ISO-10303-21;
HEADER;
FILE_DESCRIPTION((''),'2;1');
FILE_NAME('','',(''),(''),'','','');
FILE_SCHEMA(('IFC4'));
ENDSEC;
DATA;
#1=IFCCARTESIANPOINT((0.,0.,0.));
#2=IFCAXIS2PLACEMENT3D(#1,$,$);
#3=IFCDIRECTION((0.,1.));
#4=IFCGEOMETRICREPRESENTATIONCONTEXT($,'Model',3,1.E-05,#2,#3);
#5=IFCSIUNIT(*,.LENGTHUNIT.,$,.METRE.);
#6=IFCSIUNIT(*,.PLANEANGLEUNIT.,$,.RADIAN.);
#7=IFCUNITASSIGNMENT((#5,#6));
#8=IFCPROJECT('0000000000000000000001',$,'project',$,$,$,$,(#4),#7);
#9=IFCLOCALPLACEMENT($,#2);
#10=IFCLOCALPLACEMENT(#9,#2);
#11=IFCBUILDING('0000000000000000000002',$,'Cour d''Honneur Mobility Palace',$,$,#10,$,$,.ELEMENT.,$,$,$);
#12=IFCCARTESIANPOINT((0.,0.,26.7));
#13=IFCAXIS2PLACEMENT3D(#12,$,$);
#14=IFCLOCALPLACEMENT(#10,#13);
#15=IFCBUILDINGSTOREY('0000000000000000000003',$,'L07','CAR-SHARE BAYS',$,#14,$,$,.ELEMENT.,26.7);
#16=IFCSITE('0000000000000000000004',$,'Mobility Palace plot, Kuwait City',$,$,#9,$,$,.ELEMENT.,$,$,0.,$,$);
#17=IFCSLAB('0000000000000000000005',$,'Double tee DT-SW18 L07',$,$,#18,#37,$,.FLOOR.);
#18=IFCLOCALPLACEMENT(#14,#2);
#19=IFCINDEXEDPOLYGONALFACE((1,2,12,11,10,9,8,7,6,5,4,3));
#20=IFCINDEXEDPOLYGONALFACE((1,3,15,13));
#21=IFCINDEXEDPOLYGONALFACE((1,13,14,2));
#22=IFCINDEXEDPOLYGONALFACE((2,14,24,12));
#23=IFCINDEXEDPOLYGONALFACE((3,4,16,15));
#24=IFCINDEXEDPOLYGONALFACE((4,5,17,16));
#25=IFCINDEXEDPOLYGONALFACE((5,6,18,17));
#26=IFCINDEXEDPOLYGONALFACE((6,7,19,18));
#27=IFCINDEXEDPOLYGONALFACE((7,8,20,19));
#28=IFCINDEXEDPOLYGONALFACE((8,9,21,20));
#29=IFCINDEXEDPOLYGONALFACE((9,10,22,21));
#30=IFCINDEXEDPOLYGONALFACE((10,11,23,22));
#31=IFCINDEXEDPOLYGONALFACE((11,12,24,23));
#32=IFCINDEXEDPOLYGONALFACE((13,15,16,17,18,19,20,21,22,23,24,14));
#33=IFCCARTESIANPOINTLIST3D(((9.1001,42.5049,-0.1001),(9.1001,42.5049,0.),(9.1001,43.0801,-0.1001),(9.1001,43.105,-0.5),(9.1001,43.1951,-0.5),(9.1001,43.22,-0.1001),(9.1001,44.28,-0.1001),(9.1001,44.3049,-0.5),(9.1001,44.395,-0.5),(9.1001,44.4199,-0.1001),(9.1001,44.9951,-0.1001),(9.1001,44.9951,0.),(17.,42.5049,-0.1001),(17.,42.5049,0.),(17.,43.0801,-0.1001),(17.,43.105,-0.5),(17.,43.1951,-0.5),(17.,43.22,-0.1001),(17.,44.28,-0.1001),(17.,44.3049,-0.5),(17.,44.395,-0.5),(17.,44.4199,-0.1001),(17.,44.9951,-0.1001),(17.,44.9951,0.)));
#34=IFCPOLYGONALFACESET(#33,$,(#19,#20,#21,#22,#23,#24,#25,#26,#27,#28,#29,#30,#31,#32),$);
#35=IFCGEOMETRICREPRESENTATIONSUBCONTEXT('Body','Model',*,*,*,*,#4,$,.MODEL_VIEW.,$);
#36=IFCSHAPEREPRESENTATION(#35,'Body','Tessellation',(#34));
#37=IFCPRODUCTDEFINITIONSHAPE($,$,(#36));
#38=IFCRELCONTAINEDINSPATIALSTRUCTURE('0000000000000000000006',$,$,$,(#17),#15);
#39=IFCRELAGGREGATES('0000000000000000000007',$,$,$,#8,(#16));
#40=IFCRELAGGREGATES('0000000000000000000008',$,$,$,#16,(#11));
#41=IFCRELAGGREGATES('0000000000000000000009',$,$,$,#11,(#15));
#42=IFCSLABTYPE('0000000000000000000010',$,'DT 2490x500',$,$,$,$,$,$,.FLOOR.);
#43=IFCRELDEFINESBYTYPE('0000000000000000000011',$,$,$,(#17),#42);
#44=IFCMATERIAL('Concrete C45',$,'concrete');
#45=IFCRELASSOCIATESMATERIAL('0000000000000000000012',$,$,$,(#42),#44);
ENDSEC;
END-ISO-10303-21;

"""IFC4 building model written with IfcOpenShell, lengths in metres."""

from ifc_helpers import new_model, si_unit, direction, frame, origin, place, context, subcontext, project, spatial, polyline, outline, extrude, material, material_profile, profile_set, type_object, element, save


model = new_model("IFC4")

# Units and contexts
model_context = context("Model", 3, precision=1e-05, world=origin(), true_north=direction((0.0, 1.0)))
body_context = subcontext(model_context, "Body", "Model", "MODEL_VIEW")
ifc_project = project(units=[si_unit("LENGTHUNIT", "METRE"), si_unit("PLANEANGLEUNIT", "RADIAN")], contexts=[model_context])

# Site, building, storey
site_placement = place(None, origin())
site = spatial("IfcSite", under=ifc_project, at=site_placement, Name="Mobility Palace plot, Kuwait City", CompositionType="ELEMENT", RefElevation=0.0)
building_placement = place(site_placement, origin())
building = spatial("IfcBuilding", under=site, at=building_placement, Name="Cour d'Honneur Mobility Palace", CompositionType="ELEMENT")
storey_placement = place(building_placement, frame((0.0, 0.0, 26.7)))
storey = spatial("IfcBuildingStorey", under=building, at=storey_placement, Name="L07", Description="CAR-SHARE BAYS", CompositionType="ELEMENT", Elevation=26.7)

# Slab
ifc_material_1 = material(Name="Concrete C45", Category="concrete")
ifc_material_profile_1 = material_profile(ifc_material_1, outline(polyline([(-1.2451, 0.0), (1.2451, 0.0), (1.2451, -0.1001), (0.6699, -0.1001), (0.645, -0.5), (0.5549, -0.5), (0.53, -0.1001), (-0.53, -0.1001), (-0.5549, -0.5), (-0.645, -0.5), (-0.6699, -0.1001), (-1.2451, -0.1001), (-1.2451, 0.0)])), Name="DT 2490x500")
ifc_profile_set_1 = profile_set([ifc_material_profile_1], Name="Concrete C45")
slab_type = type_object("IfcSlabType", Name="DT 2490x500", PredefinedType="FLOOR", material=ifc_profile_set_1)
slab_1_placement = place(storey_placement, frame((9.1001, 43.75, 0.0), z_axis=(1.0, 0.0, 0.0), x_axis=(0.0, 1.0, 0.0)))
element("IfcSlab", 1, at=slab_1_placement, inside=storey, type_object=slab_type, Name="Double tee DT-SW18 L07", PredefinedType="FLOOR", context=body_context, shape_type="SweptSolid", body=[
    extrude(outline(polyline([(-1.2451, 0.0), (1.2451, 0.0), (1.2451, -0.1001), (0.6699, -0.1001), (0.645, -0.5), (0.5549, -0.5), (0.53, -0.1001), (-0.53, -0.1001), (-0.5549, -0.5), (-0.645, -0.5), (-0.6699, -0.1001), (-1.2451, -0.1001), (-1.2451, 0.0)])), origin(), (0.0, 0.0, 1.0), 7.8999),
])

save(model, "model.ifc")
